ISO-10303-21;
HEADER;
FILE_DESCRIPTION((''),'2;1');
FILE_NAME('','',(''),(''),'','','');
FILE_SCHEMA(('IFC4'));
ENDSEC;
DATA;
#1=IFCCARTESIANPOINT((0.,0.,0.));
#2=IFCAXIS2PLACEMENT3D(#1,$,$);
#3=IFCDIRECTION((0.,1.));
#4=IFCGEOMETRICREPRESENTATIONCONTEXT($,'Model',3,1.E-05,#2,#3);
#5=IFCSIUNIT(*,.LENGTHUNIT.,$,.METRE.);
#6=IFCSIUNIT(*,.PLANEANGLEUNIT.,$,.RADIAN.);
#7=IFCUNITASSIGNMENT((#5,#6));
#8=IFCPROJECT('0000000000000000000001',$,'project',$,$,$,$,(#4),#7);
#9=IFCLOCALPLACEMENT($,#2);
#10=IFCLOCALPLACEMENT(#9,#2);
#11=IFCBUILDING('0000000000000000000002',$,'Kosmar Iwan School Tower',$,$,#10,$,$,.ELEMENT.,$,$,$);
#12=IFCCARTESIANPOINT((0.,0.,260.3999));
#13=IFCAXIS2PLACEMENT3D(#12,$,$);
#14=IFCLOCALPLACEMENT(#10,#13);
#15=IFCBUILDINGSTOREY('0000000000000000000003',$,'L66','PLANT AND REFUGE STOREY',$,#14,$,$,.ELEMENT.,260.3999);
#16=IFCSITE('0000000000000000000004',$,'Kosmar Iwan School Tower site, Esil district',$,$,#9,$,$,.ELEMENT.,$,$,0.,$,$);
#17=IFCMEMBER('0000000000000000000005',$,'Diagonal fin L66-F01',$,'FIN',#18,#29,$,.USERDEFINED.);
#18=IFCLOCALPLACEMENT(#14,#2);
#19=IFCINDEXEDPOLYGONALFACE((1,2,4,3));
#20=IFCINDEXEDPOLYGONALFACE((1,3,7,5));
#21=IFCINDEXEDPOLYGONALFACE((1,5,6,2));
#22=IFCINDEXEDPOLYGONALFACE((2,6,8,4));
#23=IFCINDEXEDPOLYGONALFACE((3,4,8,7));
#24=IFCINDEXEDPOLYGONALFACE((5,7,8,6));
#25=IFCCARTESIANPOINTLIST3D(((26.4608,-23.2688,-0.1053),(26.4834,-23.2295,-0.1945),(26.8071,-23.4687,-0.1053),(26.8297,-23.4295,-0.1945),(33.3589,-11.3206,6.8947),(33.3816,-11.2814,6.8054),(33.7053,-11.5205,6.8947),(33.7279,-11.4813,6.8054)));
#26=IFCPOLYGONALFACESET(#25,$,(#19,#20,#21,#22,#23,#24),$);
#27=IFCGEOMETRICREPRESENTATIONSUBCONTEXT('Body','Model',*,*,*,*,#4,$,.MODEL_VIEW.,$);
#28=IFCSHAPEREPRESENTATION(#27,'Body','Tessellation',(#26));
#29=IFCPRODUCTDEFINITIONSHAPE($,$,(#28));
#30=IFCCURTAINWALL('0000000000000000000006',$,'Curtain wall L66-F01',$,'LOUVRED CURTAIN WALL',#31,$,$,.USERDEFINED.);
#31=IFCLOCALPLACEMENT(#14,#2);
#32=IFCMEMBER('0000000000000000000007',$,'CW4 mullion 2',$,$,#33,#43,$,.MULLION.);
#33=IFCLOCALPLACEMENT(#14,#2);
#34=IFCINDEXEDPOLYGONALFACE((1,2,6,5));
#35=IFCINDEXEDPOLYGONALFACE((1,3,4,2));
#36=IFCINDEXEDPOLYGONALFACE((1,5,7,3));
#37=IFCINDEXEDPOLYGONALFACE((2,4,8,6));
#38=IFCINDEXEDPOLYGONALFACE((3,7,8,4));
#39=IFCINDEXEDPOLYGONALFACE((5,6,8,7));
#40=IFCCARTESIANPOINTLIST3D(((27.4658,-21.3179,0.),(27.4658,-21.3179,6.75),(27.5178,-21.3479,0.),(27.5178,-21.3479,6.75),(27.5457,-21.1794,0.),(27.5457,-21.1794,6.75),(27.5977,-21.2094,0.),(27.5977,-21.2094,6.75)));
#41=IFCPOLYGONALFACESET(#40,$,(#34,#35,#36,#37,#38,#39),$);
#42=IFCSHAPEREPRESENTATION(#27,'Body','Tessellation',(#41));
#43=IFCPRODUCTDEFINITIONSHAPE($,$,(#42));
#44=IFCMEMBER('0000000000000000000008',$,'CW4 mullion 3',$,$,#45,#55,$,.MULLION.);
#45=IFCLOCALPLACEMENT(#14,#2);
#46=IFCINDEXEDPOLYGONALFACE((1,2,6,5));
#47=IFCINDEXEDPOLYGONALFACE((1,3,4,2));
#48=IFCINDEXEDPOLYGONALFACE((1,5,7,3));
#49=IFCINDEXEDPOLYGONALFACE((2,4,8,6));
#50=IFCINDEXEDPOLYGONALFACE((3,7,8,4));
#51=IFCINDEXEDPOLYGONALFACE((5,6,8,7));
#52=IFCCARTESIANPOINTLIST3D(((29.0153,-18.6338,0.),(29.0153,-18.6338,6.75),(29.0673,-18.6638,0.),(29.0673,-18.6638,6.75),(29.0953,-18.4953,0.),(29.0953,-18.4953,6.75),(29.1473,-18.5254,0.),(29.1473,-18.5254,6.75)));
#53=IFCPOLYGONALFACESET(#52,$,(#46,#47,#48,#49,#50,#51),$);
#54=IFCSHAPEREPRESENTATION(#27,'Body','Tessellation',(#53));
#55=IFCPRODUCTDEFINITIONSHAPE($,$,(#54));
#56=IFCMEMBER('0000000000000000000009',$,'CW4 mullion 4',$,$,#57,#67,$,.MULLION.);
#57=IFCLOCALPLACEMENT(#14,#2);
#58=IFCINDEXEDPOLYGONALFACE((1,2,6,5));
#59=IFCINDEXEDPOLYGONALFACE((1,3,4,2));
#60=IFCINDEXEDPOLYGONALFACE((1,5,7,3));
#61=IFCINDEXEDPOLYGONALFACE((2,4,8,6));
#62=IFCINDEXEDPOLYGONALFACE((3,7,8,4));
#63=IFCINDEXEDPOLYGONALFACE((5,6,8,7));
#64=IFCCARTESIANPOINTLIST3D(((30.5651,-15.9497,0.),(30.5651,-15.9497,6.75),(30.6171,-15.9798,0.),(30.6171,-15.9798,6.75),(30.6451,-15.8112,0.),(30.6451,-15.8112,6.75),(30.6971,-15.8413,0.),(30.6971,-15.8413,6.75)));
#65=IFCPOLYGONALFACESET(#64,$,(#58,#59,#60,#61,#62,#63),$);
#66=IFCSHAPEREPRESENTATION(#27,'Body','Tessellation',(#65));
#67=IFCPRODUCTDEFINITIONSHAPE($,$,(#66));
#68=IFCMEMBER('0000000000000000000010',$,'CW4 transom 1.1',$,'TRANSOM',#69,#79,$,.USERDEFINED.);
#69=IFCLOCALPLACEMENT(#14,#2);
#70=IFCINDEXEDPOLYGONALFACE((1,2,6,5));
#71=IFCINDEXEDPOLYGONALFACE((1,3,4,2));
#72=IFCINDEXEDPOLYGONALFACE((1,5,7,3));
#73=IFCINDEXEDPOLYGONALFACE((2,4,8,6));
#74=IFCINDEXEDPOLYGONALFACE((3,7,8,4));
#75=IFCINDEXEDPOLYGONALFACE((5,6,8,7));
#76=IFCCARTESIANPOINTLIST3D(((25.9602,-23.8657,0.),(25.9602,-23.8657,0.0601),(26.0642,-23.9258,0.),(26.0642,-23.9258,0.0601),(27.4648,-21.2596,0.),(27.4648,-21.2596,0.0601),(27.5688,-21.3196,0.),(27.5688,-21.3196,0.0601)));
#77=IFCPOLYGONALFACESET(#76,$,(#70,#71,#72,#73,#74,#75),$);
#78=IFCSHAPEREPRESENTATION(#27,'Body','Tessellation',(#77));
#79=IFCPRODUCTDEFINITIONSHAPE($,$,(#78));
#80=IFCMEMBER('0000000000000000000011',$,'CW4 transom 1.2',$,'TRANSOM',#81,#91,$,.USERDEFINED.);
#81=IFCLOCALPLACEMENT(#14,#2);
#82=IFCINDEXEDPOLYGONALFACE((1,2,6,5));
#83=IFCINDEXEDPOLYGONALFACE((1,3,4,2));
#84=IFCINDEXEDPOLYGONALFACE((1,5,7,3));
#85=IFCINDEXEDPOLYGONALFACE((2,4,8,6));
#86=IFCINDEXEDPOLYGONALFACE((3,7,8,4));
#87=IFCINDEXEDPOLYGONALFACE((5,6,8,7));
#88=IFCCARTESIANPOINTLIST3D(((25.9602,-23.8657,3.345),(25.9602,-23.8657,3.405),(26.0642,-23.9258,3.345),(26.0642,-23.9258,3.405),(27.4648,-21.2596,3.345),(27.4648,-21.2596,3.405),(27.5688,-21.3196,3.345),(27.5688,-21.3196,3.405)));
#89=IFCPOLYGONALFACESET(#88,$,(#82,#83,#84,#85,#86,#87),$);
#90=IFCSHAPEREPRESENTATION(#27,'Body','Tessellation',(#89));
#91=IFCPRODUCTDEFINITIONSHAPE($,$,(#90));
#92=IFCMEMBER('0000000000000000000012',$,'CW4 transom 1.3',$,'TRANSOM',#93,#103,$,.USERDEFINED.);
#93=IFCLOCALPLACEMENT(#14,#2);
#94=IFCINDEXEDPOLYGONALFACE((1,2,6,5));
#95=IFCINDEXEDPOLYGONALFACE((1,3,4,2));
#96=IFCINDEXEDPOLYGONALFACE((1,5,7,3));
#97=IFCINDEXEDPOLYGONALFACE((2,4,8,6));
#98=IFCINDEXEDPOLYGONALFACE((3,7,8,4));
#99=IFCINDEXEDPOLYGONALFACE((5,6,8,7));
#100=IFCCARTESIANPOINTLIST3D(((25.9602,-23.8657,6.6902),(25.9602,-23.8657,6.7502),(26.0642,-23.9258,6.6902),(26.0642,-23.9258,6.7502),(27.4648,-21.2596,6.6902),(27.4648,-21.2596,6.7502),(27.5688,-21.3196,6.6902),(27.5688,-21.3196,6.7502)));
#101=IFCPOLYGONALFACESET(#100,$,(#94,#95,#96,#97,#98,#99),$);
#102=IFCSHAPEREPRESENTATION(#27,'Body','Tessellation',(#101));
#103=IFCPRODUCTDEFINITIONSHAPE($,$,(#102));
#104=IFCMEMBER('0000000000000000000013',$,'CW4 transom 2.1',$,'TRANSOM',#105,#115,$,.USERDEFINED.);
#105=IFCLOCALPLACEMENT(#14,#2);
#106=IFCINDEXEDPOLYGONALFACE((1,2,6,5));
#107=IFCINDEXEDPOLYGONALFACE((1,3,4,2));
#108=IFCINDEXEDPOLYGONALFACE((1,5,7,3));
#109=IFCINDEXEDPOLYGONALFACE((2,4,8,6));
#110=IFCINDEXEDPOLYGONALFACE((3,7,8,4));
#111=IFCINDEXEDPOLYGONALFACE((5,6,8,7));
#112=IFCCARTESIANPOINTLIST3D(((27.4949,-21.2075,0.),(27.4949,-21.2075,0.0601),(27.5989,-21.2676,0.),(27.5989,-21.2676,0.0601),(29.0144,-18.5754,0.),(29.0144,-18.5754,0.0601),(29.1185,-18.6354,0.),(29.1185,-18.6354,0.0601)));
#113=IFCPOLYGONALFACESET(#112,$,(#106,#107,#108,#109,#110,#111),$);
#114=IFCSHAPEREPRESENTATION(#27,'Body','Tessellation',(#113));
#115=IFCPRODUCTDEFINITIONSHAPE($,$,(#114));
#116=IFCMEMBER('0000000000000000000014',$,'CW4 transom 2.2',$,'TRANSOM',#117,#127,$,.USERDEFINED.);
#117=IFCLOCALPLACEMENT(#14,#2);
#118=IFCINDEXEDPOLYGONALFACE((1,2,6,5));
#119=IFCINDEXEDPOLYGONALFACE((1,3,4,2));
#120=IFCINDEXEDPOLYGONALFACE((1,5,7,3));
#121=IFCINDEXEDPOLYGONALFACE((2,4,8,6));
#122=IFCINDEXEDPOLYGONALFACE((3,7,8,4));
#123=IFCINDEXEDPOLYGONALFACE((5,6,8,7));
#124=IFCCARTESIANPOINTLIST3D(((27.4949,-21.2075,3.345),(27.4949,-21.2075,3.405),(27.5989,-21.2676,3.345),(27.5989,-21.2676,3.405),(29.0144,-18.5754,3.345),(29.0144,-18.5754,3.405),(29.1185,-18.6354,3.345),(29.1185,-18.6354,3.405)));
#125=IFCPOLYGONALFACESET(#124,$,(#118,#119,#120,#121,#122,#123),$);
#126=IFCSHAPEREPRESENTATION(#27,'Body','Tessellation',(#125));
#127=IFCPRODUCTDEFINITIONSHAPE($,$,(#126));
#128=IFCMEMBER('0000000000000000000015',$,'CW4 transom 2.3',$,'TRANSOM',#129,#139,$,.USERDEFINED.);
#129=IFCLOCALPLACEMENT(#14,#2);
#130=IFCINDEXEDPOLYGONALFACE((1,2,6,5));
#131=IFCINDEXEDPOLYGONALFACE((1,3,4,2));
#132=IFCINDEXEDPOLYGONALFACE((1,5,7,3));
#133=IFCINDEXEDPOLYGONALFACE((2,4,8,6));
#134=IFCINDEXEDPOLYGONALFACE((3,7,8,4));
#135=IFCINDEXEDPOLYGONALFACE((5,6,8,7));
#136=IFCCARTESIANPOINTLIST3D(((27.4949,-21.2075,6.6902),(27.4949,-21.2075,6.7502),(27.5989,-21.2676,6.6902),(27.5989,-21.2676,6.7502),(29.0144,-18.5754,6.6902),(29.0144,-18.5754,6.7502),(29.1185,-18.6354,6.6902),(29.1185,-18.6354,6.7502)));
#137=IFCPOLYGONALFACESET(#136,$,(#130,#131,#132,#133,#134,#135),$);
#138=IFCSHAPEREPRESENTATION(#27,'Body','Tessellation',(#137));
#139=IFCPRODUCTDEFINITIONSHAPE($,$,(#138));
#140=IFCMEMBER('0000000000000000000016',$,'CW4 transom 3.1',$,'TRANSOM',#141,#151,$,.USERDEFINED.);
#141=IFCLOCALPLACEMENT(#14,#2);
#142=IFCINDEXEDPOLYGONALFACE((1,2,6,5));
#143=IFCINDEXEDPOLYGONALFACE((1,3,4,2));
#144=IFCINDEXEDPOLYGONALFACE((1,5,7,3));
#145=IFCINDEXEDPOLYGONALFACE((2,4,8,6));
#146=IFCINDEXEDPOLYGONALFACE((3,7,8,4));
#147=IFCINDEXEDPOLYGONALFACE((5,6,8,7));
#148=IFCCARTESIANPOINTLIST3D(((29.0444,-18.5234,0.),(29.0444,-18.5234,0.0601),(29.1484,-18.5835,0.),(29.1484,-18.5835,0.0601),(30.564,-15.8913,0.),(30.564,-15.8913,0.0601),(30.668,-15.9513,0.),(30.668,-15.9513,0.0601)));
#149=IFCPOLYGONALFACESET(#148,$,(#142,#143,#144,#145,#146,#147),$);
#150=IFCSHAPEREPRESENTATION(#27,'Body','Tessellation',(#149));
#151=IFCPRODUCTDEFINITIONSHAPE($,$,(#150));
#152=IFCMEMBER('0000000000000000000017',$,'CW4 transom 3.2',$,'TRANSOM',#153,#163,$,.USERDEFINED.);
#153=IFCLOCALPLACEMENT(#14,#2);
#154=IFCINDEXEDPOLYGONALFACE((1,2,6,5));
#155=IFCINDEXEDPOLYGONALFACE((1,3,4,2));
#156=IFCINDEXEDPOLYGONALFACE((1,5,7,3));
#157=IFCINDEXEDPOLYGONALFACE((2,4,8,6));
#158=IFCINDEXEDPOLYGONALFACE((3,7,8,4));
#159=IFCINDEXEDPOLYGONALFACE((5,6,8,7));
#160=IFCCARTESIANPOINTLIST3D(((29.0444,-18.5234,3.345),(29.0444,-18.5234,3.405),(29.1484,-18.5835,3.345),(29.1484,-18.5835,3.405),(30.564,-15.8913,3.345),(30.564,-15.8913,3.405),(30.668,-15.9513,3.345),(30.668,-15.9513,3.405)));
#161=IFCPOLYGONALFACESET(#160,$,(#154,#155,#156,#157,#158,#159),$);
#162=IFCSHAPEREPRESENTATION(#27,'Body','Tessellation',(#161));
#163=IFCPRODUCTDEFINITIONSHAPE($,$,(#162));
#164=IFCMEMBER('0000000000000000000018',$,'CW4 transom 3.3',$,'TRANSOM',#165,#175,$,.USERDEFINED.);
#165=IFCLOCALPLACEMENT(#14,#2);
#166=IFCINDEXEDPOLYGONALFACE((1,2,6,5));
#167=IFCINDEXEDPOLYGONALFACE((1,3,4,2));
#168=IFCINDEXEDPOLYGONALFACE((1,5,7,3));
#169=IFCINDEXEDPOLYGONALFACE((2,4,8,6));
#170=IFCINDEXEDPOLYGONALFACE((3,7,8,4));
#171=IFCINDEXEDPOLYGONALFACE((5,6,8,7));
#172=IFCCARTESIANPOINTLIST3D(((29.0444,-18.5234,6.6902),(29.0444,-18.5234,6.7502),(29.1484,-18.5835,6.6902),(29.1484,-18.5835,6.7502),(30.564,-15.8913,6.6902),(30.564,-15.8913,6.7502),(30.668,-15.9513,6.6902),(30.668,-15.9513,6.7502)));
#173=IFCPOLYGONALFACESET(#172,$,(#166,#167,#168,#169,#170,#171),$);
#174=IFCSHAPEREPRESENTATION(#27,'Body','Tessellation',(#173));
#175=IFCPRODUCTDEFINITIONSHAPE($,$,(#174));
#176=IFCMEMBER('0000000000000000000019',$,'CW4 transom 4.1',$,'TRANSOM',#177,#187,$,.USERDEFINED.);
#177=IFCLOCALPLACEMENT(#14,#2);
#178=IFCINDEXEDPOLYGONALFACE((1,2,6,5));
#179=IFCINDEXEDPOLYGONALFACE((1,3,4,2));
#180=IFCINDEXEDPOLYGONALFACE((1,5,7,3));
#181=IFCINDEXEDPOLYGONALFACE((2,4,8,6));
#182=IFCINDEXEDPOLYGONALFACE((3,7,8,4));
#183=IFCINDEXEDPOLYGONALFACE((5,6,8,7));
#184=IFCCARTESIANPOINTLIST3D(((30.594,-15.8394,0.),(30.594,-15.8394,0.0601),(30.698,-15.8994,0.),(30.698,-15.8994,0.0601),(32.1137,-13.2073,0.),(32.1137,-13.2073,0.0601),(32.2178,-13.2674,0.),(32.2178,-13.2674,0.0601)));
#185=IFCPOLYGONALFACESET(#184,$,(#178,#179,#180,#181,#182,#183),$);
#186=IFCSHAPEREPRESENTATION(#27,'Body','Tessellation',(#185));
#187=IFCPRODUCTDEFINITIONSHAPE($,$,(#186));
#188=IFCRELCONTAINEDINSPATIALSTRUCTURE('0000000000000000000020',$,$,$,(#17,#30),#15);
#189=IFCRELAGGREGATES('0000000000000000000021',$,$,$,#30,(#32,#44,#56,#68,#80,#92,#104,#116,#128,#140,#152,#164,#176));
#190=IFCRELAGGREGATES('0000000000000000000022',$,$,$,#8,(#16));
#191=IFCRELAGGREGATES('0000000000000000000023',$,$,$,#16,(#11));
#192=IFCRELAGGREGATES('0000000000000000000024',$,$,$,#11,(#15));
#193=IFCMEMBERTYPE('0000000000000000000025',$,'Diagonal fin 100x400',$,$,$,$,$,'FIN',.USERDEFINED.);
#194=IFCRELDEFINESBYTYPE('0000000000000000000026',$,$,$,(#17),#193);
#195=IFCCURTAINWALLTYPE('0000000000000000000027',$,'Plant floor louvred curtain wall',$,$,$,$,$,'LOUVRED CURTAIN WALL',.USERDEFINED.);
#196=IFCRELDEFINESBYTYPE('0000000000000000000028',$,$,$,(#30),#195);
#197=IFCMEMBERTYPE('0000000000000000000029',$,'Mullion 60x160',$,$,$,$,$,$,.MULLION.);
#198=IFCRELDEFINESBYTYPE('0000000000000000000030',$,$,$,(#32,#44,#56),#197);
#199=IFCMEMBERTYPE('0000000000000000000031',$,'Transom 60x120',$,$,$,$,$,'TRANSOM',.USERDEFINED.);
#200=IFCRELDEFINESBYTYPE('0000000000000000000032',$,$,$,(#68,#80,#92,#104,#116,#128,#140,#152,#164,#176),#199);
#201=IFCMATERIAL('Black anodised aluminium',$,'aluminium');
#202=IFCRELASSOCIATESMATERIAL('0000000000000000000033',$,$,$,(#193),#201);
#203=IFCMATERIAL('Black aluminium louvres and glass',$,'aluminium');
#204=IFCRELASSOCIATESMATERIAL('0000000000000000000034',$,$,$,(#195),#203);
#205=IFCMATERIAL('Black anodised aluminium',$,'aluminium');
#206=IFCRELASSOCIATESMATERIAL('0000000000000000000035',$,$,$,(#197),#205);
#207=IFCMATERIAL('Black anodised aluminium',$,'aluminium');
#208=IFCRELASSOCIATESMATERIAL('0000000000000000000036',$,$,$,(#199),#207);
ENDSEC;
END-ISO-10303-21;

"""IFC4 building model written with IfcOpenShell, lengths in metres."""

from ifc_helpers import new_model, si_unit, direction, frame, origin, origin_2d, place, context, subcontext, project, spatial, rectangle, extrude, material, material_profile, profile_set, type_object, element, aggregate, save


model = new_model("IFC4")

# Units and contexts
model_context = context("Model", 3, precision=1e-05, world=origin(), true_north=direction((0.0, 1.0)))
body_context = subcontext(model_context, "Body", "Model", "MODEL_VIEW")
ifc_project = project(units=[si_unit("LENGTHUNIT", "METRE"), si_unit("PLANEANGLEUNIT", "RADIAN")], contexts=[model_context])

# Site, building, storey
site_placement = place(None, origin())
site = spatial("IfcSite", under=ifc_project, at=site_placement, Name="Kosmar Iwan School Tower site, Esil district", CompositionType="ELEMENT", RefElevation=0.0)
building_placement = place(site_placement, origin())
building = spatial("IfcBuilding", under=site, at=building_placement, Name="Kosmar Iwan School Tower", CompositionType="ELEMENT")
storey_placement = place(building_placement, frame((0.0, 0.0, 260.3999)))
storey = spatial("IfcBuildingStorey", under=building, at=storey_placement, Name="L66", Description="PLANT AND REFUGE STOREY", CompositionType="ELEMENT", Elevation=260.3999)

# Member
ifc_material_1 = material(Name="Black anodised aluminium", Category="aluminium")
ifc_material_profile_1 = material_profile(ifc_material_1, rectangle(XDim=0.1001, YDim=0.3999, at=origin_2d()), Name="FIN 100x400")
ifc_profile_set_1 = profile_set([ifc_material_profile_1], Name="Black anodised aluminium")
member_type_1 = type_object("IfcMemberType", Name="Diagonal fin 100x400", ElementType="FIN", PredefinedType="USERDEFINED", material=ifc_profile_set_1)
member_1_placement = place(storey_placement, frame((26.6453, -23.3491, -0.1499), z_axis=(0.445885, 0.772309, 0.452465), x_axis=(-0.22623, -0.391848, 0.891782)))
element("IfcMember", 1, at=member_1_placement, inside=storey, type_object=member_type_1, Name="Diagonal fin L66-F01", ObjectType="FIN", PredefinedType="USERDEFINED", context=body_context, shape_type="SweptSolid", body=[
    extrude(rectangle(XDim=0.1001, YDim=0.3999, at=origin_2d()), origin(), (0.0, 0.0, 1.0), 15.4707),
])

# Curtain wall, members
ifc_material_2 = material(Name="Black aluminium louvres and glass", Category="aluminium")
curtain_wall_type = type_object("IfcCurtainWallType", Name="Plant floor louvred curtain wall", ElementType="LOUVRED CURTAIN WALL", PredefinedType="USERDEFINED", material=ifc_material_2)
curtain_wall_placement = place(storey_placement, origin())
curtain_wall = element("IfcCurtainWall", 2, at=curtain_wall_placement, inside=storey, type_object=curtain_wall_type, Name="Curtain wall L66-F01", ObjectType="LOUVRED CURTAIN WALL", PredefinedType="USERDEFINED")
ifc_material_3 = material(Name="Black anodised aluminium", Category="aluminium")
ifc_material_profile_2 = material_profile(ifc_material_3, rectangle(XDim=0.0601, YDim=0.1599, at=origin_2d()), Name="MULLION 60x160")
ifc_profile_set_2 = profile_set([ifc_material_profile_2], Name="Black anodised aluminium")
member_type_2 = type_object("IfcMemberType", Name="Mullion 60x160", PredefinedType="MULLION", material=ifc_profile_set_2)
member_2_placement = place(storey_placement, frame((27.5317, -21.2637, 0.0), z_axis=(0.0, 0.0, 1.0), x_axis=(-0.866025, 0.5, 0.0)))
member_2 = element("IfcMember", 3, at=member_2_placement, type_object=member_type_2, Name="CW4 mullion 2", PredefinedType="MULLION", context=body_context, shape_type="SweptSolid", body=[
    extrude(rectangle(XDim=0.0601, YDim=0.1599, at=origin_2d()), origin(), (0.0, 0.0, 1.0), 6.75),
])
member_3_placement = place(storey_placement, frame((29.0813, -18.5796, 0.0), z_axis=(0.0, 0.0, 1.0), x_axis=(-0.866025, 0.5, 0.0)))
member_3 = element("IfcMember", 4, at=member_3_placement, type_object=member_type_2, Name="CW4 mullion 3", PredefinedType="MULLION", context=body_context, shape_type="SweptSolid", body=[
    extrude(rectangle(XDim=0.0601, YDim=0.1599, at=origin_2d()), origin(), (0.0, 0.0, 1.0), 6.75),
])
member_4_placement = place(storey_placement, frame((30.6311, -15.8955, 0.0), z_axis=(0.0, 0.0, 1.0), x_axis=(-0.866025, 0.5, 0.0)))
member_4 = element("IfcMember", 5, at=member_4_placement, type_object=member_type_2, Name="CW4 mullion 4", PredefinedType="MULLION", context=body_context, shape_type="SweptSolid", body=[
    extrude(rectangle(XDim=0.0601, YDim=0.1599, at=origin_2d()), origin(), (0.0, 0.0, 1.0), 6.75),
])
ifc_material_4 = material(Name="Black anodised aluminium", Category="aluminium")
ifc_material_profile_3 = material_profile(ifc_material_4, rectangle(XDim=0.1201, YDim=0.0601, at=origin_2d()), Name="TRANSOM 60x120")
ifc_profile_set_3 = profile_set([ifc_material_profile_3], Name="Black anodised aluminium")
member_type_3 = type_object("IfcMemberType", Name="Transom 60x120", ElementType="TRANSOM", PredefinedType="USERDEFINED", material=ifc_profile_set_3)
member_5_placement = place(storey_placement, frame((26.0122, -23.8958, 0.03), z_axis=(0.499987, 0.866033, 0.0), x_axis=(-0.866033, 0.499987, 0.0)))
member_5 = element("IfcMember", 6, at=member_5_placement, type_object=member_type_3, Name="CW4 transom 1.1", ObjectType="TRANSOM", PredefinedType="USERDEFINED", context=body_context, shape_type="SweptSolid", body=[
    extrude(rectangle(XDim=0.1201, YDim=0.0601, at=origin_2d()), origin(), (0.0, 0.0, 1.0), 3.0093),
])
member_6_placement = place(storey_placement, frame((26.0122, -23.8958, 3.375), z_axis=(0.499987, 0.866033, 0.0), x_axis=(-0.866033, 0.499987, 0.0)))
member_6 = element("IfcMember", 7, at=member_6_placement, type_object=member_type_3, Name="CW4 transom 1.2", ObjectType="TRANSOM", PredefinedType="USERDEFINED", context=body_context, shape_type="SweptSolid", body=[
    extrude(rectangle(XDim=0.1201, YDim=0.0601, at=origin_2d()), origin(), (0.0, 0.0, 1.0), 3.0093),
])
member_7_placement = place(storey_placement, frame((26.0122, -23.8958, 6.7202), z_axis=(0.499987, 0.866033, 0.0), x_axis=(-0.866033, 0.499987, 0.0)))
member_7 = element("IfcMember", 8, at=member_7_placement, type_object=member_type_3, Name="CW4 transom 1.3", ObjectType="TRANSOM", PredefinedType="USERDEFINED", context=body_context, shape_type="SweptSolid", body=[
    extrude(rectangle(XDim=0.1201, YDim=0.0601, at=origin_2d()), origin(), (0.0, 0.0, 1.0), 3.0093),
])
member_8_placement = place(storey_placement, frame((27.5469, -21.2375, 0.03), z_axis=(0.499975, 0.86604, 0.0), x_axis=(-0.86604, 0.499975, 0.0)))
member_8 = element("IfcMember", 9, at=member_8_placement, type_object=member_type_3, Name="CW4 transom 2.1", ObjectType="TRANSOM", PredefinedType="USERDEFINED", context=body_context, shape_type="SweptSolid", body=[
    extrude(rectangle(XDim=0.1201, YDim=0.0601, at=origin_2d()), origin(), (0.0, 0.0, 1.0), 3.0393),
])
member_9_placement = place(storey_placement, frame((27.5469, -21.2375, 3.375), z_axis=(0.499975, 0.86604, 0.0), x_axis=(-0.86604, 0.499975, 0.0)))
member_9 = element("IfcMember", 10, at=member_9_placement, type_object=member_type_3, Name="CW4 transom 2.2", ObjectType="TRANSOM", PredefinedType="USERDEFINED", context=body_context, shape_type="SweptSolid", body=[
    extrude(rectangle(XDim=0.1201, YDim=0.0601, at=origin_2d()), origin(), (0.0, 0.0, 1.0), 3.0393),
])
member_10_placement = place(storey_placement, frame((27.5469, -21.2375, 6.7202), z_axis=(0.499975, 0.86604, 0.0), x_axis=(-0.86604, 0.499975, 0.0)))
member_10 = element("IfcMember", 11, at=member_10_placement, type_object=member_type_3, Name="CW4 transom 2.3", ObjectType="TRANSOM", PredefinedType="USERDEFINED", context=body_context, shape_type="SweptSolid", body=[
    extrude(rectangle(XDim=0.1201, YDim=0.0601, at=origin_2d()), origin(), (0.0, 0.0, 1.0), 3.0393),
])
member_11_placement = place(storey_placement, frame((29.0964, -18.5535, 0.03), z_axis=(0.499975, 0.86604, 0.0), x_axis=(-0.86604, 0.499975, 0.0)))
member_11 = element("IfcMember", 12, at=member_11_placement, type_object=member_type_3, Name="CW4 transom 3.1", ObjectType="TRANSOM", PredefinedType="USERDEFINED", context=body_context, shape_type="SweptSolid", body=[
    extrude(rectangle(XDim=0.1201, YDim=0.0601, at=origin_2d()), origin(), (0.0, 0.0, 1.0), 3.0393),
])
member_12_placement = place(storey_placement, frame((29.0964, -18.5535, 3.375), z_axis=(0.499975, 0.86604, 0.0), x_axis=(-0.86604, 0.499975, 0.0)))
member_12 = element("IfcMember", 13, at=member_12_placement, type_object=member_type_3, Name="CW4 transom 3.2", ObjectType="TRANSOM", PredefinedType="USERDEFINED", context=body_context, shape_type="SweptSolid", body=[
    extrude(rectangle(XDim=0.1201, YDim=0.0601, at=origin_2d()), origin(), (0.0, 0.0, 1.0), 3.0393),
])
member_13_placement = place(storey_placement, frame((29.0964, -18.5535, 6.7202), z_axis=(0.499975, 0.86604, 0.0), x_axis=(-0.86604, 0.499975, 0.0)))
member_13 = element("IfcMember", 14, at=member_13_placement, type_object=member_type_3, Name="CW4 transom 3.3", ObjectType="TRANSOM", PredefinedType="USERDEFINED", context=body_context, shape_type="SweptSolid", body=[
    extrude(rectangle(XDim=0.1201, YDim=0.0601, at=origin_2d()), origin(), (0.0, 0.0, 1.0), 3.0393),
])
member_14_placement = place(storey_placement, frame((30.646, -15.8694, 0.03), z_axis=(0.500035, 0.866005, 0.0), x_axis=(-0.866005, 0.500035, 0.0)))
member_14 = element("IfcMember", 15, at=member_14_placement, type_object=member_type_3, Name="CW4 transom 4.1", ObjectType="TRANSOM", PredefinedType="USERDEFINED", context=body_context, shape_type="SweptSolid", body=[
    extrude(rectangle(XDim=0.1201, YDim=0.0601, at=origin_2d()), origin(), (0.0, 0.0, 1.0), 3.0393),
])
aggregate(curtain_wall, [member_2, member_3, member_4, member_5, member_6, member_7, member_8, member_9, member_10, member_11, member_12, member_13, member_14])

save(model, "model.ifc")
